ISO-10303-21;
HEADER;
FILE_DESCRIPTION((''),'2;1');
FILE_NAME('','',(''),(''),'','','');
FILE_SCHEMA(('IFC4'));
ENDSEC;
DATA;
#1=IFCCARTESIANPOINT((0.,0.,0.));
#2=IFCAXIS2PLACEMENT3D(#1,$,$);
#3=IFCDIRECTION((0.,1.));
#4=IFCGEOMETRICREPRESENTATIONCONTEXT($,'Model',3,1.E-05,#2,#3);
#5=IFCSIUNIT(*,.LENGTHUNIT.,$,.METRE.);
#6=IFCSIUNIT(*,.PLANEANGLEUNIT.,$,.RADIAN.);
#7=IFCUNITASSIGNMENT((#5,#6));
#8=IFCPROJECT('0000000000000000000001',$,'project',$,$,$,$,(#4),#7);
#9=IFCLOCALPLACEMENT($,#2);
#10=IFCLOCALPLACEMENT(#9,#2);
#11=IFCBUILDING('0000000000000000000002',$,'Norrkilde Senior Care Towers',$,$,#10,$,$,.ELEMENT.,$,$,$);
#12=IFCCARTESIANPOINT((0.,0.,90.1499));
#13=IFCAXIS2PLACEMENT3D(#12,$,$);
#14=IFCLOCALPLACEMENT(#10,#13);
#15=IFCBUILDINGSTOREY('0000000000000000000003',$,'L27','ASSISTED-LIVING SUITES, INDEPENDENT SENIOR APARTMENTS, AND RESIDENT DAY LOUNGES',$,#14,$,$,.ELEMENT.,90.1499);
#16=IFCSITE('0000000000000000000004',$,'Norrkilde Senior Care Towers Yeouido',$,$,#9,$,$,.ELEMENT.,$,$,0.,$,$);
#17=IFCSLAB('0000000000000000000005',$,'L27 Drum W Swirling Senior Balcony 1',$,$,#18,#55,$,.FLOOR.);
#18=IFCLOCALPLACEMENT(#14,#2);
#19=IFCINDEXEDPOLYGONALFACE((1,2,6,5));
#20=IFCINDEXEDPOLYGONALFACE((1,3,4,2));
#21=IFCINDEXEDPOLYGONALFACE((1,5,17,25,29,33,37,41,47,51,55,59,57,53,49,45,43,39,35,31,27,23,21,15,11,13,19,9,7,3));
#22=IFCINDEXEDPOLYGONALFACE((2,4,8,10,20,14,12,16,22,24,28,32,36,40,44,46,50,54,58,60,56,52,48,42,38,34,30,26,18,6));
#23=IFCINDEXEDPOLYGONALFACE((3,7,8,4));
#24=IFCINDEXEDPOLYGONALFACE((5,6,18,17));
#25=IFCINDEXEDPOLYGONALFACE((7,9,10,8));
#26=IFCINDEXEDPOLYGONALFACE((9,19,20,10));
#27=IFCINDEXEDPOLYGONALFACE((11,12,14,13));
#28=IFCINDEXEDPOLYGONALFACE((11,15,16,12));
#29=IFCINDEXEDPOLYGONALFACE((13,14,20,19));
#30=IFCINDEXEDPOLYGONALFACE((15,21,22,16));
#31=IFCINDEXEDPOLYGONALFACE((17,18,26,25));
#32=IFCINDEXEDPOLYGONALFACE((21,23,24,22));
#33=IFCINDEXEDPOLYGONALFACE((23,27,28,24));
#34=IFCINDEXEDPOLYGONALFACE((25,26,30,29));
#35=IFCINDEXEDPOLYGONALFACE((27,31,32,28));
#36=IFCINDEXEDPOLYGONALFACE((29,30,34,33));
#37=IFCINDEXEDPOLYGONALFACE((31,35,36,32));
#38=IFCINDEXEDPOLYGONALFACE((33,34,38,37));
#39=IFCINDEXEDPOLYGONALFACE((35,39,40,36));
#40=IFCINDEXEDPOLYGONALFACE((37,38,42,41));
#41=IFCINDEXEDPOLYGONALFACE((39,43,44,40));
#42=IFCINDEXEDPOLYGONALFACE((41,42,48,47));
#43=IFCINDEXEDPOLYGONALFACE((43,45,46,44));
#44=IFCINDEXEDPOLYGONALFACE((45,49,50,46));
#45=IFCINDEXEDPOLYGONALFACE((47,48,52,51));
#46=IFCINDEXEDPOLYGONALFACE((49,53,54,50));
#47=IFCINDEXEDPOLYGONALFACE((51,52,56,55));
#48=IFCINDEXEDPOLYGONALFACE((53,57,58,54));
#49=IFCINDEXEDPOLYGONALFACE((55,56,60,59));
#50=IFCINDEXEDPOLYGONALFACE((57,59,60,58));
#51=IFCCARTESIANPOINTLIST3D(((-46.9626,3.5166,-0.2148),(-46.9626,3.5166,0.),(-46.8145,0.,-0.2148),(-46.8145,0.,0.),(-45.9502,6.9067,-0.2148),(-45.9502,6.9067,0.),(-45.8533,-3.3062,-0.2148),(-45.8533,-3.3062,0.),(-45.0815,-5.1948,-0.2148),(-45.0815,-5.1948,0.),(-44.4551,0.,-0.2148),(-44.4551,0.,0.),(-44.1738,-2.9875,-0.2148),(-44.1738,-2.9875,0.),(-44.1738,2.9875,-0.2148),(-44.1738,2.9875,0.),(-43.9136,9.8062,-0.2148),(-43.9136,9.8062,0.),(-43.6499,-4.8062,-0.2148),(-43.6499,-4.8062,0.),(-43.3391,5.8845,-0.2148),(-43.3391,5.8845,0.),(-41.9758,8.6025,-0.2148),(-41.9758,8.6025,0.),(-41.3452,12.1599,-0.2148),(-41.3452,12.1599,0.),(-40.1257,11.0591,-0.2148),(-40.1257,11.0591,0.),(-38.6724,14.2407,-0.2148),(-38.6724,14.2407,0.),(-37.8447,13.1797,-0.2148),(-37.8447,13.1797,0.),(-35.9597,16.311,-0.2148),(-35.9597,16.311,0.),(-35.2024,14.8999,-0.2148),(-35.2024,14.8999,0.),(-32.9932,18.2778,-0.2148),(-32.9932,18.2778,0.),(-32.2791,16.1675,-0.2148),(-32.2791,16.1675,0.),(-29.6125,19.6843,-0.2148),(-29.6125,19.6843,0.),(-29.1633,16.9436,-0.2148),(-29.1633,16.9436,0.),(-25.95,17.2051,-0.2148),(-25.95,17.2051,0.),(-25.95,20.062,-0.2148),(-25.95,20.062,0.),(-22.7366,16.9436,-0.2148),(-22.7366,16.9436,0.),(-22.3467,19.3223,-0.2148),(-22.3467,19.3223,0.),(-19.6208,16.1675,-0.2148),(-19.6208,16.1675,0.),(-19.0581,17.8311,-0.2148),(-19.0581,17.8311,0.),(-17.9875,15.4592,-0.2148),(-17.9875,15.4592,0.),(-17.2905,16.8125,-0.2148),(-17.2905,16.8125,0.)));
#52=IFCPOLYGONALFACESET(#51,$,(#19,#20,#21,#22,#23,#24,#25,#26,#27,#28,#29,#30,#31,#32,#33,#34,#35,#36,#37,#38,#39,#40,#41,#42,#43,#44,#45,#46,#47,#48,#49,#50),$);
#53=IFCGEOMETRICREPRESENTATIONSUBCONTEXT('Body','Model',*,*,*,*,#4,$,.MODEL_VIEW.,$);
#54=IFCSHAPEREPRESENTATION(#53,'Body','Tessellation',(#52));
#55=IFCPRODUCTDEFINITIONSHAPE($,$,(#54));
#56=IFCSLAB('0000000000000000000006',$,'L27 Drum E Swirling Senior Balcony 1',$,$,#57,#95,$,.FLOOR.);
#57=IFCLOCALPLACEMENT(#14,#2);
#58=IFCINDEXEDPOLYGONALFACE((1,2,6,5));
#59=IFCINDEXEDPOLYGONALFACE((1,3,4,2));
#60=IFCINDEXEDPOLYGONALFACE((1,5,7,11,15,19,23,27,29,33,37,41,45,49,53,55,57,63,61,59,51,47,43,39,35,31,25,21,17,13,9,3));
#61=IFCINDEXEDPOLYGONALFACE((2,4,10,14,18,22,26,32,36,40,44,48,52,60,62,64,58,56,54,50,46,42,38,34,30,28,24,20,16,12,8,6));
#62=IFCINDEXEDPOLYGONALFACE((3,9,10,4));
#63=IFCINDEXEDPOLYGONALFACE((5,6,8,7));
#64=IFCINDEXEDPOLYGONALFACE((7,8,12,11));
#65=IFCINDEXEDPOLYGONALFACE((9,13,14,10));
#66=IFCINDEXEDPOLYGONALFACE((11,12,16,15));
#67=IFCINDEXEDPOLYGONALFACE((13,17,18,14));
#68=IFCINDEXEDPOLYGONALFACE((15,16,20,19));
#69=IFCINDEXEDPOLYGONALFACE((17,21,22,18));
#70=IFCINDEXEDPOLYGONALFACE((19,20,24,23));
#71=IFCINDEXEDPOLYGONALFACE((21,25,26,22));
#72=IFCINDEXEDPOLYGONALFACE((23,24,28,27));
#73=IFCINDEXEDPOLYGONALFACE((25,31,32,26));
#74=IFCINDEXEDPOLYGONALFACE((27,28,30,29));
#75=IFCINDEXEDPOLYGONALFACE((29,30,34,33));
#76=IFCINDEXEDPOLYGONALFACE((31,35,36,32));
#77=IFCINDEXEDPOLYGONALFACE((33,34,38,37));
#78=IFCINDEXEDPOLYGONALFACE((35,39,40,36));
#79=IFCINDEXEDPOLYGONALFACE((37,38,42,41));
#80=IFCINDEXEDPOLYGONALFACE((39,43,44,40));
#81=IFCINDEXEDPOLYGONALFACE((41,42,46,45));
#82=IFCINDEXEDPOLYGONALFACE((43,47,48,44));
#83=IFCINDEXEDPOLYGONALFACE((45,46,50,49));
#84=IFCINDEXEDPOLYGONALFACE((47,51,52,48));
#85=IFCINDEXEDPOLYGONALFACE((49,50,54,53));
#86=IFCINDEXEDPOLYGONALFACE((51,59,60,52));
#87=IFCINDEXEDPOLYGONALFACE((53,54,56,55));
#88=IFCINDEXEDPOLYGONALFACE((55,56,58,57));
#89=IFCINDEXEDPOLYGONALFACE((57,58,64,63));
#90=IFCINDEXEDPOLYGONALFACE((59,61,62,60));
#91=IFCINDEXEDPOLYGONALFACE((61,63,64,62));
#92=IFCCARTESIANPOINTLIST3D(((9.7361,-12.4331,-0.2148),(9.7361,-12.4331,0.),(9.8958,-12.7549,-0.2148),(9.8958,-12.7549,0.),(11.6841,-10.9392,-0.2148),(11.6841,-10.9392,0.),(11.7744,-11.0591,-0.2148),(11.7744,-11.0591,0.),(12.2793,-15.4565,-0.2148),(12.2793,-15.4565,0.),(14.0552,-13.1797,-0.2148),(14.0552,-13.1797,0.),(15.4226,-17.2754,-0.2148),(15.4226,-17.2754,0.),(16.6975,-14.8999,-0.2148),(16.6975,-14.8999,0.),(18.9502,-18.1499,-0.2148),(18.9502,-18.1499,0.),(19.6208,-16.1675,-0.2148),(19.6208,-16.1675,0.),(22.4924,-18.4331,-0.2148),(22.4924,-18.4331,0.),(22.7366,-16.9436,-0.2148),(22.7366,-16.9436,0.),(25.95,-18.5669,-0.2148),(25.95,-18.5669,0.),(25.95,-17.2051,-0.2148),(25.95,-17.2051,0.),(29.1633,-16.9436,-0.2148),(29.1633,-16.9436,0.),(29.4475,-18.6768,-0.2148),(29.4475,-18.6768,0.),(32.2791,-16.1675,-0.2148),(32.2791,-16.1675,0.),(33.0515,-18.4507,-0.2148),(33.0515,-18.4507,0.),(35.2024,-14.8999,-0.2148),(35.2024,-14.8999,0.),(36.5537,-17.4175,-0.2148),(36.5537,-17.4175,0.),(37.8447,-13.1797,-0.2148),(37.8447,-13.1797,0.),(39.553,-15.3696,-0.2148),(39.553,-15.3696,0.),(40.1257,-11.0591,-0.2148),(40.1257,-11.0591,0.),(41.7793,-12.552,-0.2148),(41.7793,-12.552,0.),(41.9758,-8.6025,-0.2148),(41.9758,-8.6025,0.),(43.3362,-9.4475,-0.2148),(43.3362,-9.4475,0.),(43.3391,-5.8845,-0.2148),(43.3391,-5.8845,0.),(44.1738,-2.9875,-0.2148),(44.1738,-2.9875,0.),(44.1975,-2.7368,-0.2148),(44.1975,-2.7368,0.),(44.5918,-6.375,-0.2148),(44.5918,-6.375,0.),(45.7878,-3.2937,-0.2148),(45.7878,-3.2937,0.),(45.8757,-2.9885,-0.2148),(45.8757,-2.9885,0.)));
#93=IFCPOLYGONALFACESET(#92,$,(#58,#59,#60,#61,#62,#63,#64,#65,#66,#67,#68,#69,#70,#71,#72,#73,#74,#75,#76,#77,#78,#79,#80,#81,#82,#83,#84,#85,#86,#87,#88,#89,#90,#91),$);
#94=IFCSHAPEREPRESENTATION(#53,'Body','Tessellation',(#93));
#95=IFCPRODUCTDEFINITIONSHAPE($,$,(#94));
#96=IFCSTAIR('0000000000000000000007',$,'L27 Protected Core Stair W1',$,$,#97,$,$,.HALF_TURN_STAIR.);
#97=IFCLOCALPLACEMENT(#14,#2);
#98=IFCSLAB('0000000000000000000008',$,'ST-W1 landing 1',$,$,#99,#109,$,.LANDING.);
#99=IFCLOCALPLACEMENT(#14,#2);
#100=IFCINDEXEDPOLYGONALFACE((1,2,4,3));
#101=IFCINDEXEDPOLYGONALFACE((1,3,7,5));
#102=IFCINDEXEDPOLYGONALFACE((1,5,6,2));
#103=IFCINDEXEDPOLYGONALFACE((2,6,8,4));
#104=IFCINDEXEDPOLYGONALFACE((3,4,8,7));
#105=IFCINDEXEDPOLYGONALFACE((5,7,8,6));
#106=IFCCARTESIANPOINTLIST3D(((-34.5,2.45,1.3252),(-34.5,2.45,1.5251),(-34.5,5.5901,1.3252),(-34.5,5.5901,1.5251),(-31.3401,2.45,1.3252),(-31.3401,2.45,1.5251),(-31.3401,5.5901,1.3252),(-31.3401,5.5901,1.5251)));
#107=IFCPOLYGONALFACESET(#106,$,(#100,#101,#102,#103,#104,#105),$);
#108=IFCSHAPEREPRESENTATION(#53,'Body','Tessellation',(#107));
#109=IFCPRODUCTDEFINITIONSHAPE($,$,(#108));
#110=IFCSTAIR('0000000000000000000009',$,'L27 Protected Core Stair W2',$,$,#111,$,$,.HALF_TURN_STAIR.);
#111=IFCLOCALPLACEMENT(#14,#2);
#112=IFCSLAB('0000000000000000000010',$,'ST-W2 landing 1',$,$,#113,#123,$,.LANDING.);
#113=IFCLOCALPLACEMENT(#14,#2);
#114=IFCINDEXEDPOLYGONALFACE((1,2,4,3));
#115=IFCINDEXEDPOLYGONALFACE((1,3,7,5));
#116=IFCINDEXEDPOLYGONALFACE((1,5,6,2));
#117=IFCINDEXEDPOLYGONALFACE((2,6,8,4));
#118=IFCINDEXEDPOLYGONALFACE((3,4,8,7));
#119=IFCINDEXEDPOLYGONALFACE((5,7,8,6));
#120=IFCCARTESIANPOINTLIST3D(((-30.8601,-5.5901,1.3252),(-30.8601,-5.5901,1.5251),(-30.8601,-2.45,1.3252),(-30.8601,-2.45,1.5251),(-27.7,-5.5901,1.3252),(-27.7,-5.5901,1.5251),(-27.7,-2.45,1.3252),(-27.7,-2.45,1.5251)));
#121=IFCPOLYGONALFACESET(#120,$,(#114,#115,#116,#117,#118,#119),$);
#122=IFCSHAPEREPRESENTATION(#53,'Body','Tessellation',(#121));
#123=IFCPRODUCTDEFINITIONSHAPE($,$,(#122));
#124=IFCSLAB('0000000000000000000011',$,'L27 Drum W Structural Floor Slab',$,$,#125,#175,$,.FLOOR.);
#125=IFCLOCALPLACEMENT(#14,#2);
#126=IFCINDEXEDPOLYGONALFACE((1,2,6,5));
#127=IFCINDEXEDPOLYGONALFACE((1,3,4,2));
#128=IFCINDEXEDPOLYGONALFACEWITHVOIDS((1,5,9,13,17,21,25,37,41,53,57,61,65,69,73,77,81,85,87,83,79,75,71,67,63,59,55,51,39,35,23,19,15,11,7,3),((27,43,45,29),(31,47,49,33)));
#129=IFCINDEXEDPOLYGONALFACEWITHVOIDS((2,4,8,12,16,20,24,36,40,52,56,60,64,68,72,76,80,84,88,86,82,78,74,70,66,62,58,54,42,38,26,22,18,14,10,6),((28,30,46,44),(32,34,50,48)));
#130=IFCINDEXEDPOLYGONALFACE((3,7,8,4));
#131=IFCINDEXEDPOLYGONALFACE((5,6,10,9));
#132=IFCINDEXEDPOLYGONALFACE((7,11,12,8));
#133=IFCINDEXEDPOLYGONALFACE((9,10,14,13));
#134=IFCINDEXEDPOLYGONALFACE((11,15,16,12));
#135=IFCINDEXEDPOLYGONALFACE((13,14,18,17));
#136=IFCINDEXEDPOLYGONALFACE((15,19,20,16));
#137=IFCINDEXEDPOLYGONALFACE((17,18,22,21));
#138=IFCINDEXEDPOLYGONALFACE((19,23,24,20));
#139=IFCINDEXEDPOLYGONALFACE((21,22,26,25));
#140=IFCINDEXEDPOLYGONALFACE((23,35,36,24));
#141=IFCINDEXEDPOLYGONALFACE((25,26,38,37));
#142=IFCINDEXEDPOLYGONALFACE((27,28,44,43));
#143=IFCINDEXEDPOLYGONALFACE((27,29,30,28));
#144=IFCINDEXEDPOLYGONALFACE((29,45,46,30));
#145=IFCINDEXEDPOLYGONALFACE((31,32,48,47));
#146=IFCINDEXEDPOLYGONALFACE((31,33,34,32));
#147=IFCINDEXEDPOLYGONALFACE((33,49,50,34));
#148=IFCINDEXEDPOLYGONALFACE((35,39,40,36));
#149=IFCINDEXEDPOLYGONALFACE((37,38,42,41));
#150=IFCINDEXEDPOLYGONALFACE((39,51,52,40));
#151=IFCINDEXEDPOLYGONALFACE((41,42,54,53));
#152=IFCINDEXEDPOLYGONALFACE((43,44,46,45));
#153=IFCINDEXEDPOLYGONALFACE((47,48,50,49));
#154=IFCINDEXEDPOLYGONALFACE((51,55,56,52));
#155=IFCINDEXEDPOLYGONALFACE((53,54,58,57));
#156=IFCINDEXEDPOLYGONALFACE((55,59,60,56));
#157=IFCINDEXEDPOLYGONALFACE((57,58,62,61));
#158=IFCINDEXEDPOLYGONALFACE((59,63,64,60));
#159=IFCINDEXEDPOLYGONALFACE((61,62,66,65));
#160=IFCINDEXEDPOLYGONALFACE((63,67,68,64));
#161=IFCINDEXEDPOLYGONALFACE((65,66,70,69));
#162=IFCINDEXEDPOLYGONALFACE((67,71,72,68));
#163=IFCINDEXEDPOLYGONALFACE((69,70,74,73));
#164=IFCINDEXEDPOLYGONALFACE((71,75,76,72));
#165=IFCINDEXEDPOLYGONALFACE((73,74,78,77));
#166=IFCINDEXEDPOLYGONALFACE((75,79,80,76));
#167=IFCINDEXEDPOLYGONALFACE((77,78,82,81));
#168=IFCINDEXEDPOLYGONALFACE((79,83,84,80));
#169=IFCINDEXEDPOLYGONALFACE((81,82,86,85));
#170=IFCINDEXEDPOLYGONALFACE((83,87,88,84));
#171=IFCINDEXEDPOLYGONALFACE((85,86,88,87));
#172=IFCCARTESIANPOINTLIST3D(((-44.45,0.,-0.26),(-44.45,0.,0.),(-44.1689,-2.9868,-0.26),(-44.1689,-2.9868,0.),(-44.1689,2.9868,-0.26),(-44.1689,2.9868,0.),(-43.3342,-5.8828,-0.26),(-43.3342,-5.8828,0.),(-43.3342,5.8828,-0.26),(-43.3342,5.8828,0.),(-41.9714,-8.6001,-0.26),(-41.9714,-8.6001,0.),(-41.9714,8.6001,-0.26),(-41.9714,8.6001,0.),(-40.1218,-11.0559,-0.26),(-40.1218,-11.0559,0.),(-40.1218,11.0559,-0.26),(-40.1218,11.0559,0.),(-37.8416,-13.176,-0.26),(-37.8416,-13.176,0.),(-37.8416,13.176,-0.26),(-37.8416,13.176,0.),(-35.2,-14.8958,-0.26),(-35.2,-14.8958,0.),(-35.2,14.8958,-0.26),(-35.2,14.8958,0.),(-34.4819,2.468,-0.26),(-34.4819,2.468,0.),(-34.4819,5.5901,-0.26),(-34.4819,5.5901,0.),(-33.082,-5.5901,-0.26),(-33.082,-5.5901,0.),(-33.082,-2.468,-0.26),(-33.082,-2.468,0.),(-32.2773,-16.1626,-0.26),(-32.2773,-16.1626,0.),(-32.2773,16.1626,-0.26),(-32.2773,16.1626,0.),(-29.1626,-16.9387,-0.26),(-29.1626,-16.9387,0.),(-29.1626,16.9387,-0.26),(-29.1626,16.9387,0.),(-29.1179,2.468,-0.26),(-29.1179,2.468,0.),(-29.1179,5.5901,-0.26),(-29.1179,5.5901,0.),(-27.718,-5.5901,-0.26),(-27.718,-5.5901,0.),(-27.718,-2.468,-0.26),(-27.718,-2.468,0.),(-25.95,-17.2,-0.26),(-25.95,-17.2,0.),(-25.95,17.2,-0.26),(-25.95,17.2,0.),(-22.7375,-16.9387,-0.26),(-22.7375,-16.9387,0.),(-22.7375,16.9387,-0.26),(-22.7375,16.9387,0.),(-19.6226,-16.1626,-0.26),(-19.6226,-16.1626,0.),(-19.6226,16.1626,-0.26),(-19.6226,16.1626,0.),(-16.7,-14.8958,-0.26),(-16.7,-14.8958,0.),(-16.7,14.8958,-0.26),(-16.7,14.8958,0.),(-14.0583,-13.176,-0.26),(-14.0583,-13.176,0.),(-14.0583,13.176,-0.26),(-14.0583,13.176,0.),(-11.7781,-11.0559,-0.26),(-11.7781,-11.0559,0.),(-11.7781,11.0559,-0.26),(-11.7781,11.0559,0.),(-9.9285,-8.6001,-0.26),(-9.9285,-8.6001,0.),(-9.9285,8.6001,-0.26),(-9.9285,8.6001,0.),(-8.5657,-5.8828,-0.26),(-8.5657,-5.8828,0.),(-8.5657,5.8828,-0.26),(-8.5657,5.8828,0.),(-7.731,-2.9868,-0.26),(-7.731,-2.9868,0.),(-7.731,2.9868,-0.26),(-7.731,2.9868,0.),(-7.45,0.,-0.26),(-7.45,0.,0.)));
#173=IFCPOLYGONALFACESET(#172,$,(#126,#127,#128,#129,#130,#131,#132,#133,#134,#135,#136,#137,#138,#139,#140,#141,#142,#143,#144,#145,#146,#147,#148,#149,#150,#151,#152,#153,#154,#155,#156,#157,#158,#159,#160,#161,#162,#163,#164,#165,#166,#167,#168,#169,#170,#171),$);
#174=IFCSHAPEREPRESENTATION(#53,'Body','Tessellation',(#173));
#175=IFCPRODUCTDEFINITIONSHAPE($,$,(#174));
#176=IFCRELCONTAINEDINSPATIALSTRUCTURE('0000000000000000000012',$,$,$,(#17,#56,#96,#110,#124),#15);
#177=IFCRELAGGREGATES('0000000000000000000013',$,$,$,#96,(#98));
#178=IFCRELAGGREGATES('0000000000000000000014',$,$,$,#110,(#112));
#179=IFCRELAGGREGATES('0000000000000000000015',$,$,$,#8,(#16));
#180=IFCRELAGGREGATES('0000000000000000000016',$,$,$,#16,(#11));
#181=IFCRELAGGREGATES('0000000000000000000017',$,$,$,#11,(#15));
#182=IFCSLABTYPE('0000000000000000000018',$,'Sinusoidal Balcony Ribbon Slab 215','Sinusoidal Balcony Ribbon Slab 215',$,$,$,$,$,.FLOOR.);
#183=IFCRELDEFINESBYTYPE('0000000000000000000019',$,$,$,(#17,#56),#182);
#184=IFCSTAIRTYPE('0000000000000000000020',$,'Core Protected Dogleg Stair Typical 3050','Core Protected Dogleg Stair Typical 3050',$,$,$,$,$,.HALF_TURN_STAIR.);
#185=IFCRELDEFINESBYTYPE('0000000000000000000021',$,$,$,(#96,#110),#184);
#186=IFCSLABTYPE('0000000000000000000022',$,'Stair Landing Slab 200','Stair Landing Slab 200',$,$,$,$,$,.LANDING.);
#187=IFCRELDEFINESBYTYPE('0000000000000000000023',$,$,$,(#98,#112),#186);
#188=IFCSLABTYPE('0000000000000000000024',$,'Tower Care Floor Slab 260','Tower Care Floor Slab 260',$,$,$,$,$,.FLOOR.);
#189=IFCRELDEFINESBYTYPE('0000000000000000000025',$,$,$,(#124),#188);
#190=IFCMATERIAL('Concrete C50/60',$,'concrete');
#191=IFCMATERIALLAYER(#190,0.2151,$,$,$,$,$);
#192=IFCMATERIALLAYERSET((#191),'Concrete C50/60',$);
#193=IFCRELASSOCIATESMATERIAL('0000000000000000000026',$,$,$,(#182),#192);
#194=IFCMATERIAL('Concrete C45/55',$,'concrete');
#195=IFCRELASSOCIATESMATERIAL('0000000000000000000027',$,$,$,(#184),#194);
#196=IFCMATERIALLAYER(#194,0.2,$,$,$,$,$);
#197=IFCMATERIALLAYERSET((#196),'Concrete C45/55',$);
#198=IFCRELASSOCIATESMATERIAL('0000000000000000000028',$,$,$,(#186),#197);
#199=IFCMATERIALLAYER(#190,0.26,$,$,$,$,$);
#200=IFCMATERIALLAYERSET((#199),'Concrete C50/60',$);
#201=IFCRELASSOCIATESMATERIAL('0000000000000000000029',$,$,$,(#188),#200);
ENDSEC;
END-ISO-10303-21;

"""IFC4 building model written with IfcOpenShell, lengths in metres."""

from ifc_helpers import new_model, si_unit, direction, frame, origin, place, context, subcontext, project, spatial, polyline, outline, extrude, material, layer, layer_set, type_object, element, aggregate, save


model = new_model("IFC4")

# Units and contexts
model_context = context("Model", 3, precision=1e-05, world=origin(), true_north=direction((0.0, 1.0)))
body_context = subcontext(model_context, "Body", "Model", "MODEL_VIEW")
ifc_project = project(units=[si_unit("LENGTHUNIT", "METRE"), si_unit("PLANEANGLEUNIT", "RADIAN")], contexts=[model_context])

# Site, building, storey
site_placement = place(None, origin())
site = spatial("IfcSite", under=ifc_project, at=site_placement, Name="Norrkilde Senior Care Towers Yeouido", CompositionType="ELEMENT", RefElevation=0.0)
building_placement = place(site_placement, origin())
building = spatial("IfcBuilding", under=site, at=building_placement, Name="Norrkilde Senior Care Towers", CompositionType="ELEMENT")
storey_placement = place(building_placement, frame((0.0, 0.0, 90.1499)))
storey = spatial("IfcBuildingStorey", under=building, at=storey_placement, Name="L27", Description="ASSISTED-LIVING SUITES, INDEPENDENT SENIOR APARTMENTS, AND RESIDENT DAY LOUNGES", CompositionType="ELEMENT", Elevation=90.1499)

# Slabs
ifc_material_1 = material(Name="Concrete C50/60", Category="concrete")
ifc_layer_1 = layer(ifc_material_1, 0.2151)
ifc_layer_set_1 = layer_set([ifc_layer_1], Name="Concrete C50/60")
slab_type_1 = type_object("IfcSlabType", Name="Sinusoidal Balcony Ribbon Slab 215", Description="Sinusoidal Balcony Ribbon Slab 215", PredefinedType="FLOOR", material=ifc_layer_set_1)
slab_1_placement = place(storey_placement, frame((0.0, 0.0, -0.2148)))
element("IfcSlab", 1, at=slab_1_placement, inside=storey, type_object=slab_type_1, Name="L27 Drum W Swirling Senior Balcony 1", PredefinedType="FLOOR", context=body_context, shape_type="SweptSolid", body=[
    extrude(outline(polyline([(-46.8145, 0.0), (-46.9626, 3.5166), (-45.9502, 6.9067), (-43.9136, 9.8062), (-41.3452, 12.1599), (-38.6724, 14.2407), (-35.9597, 16.311), (-32.9932, 18.2778), (-29.6125, 19.6843), (-25.95, 20.062), (-22.3467, 19.3223), (-19.0581, 17.8311), (-17.2905, 16.8125), (-17.9875, 15.4592), (-19.6208, 16.1675), (-22.7366, 16.9436), (-25.95, 17.2051), (-29.1633, 16.9436), (-32.2791, 16.1675), (-35.2024, 14.8999), (-37.8447, 13.1797), (-40.1257, 11.0591), (-41.9758, 8.6025), (-43.3391, 5.8845), (-44.1738, 2.9875), (-44.4551, 0.0), (-44.1738, -2.9875), (-43.6499, -4.8062), (-45.0815, -5.1948), (-45.8533, -3.3062), (-46.8145, 0.0)])), origin(), (0.0, 0.0, 1.0), 0.2148),
])
slab_2_placement = place(storey_placement, frame((0.0, 0.0, -0.2148)))
element("IfcSlab", 2, at=slab_2_placement, inside=storey, type_object=slab_type_1, Name="L27 Drum E Swirling Senior Balcony 1", PredefinedType="FLOOR", context=body_context, shape_type="SweptSolid", body=[
    extrude(outline(polyline([(43.3362, -9.4475), (41.7793, -12.552), (39.553, -15.3696), (36.5537, -17.4175), (33.0515, -18.4507), (29.4475, -18.6768), (25.95, -18.5669), (22.4924, -18.4331), (18.9502, -18.1499), (15.4226, -17.2754), (12.2793, -15.4565), (9.8958, -12.7549), (9.7361, -12.4331), (11.6841, -10.9392), (11.7744, -11.0591), (14.0552, -13.1797), (16.6975, -14.8999), (19.6208, -16.1675), (22.7366, -16.9436), (25.95, -17.2051), (29.1633, -16.9436), (32.2791, -16.1675), (35.2024, -14.8999), (37.8447, -13.1797), (40.1257, -11.0591), (41.9758, -8.6025), (43.3391, -5.8845), (44.1738, -2.9875), (44.1975, -2.7368), (45.8757, -2.9885), (45.7878, -3.2937), (44.5918, -6.375), (43.3362, -9.4475)])), origin(), (0.0, 0.0, 1.0), 0.2148),
])

# Stairs, slabs
ifc_material_2 = material(Name="Concrete C45/55", Category="concrete")
stair_type = type_object("IfcStairType", Name="Core Protected Dogleg Stair Typical 3050", Description="Core Protected Dogleg Stair Typical 3050", PredefinedType="HALF_TURN_STAIR", material=ifc_material_2)
stair_1_placement = place(storey_placement, origin())
stair_1 = element("IfcStair", 3, at=stair_1_placement, inside=storey, type_object=stair_type, Name="L27 Protected Core Stair W1", PredefinedType="HALF_TURN_STAIR")
ifc_layer_2 = layer(ifc_material_2, 0.2)
ifc_layer_set_2 = layer_set([ifc_layer_2], Name="Concrete C45/55")
slab_type_2 = type_object("IfcSlabType", Name="Stair Landing Slab 200", Description="Stair Landing Slab 200", PredefinedType="LANDING", material=ifc_layer_set_2)
slab_3_placement = place(storey_placement, frame((0.0, 0.0, 1.3252)))
slab_3 = element("IfcSlab", 4, at=slab_3_placement, type_object=slab_type_2, Name="ST-W1 landing 1", PredefinedType="LANDING", context=body_context, shape_type="SweptSolid", body=[
    extrude(outline(polyline([(-31.3401, 5.5901), (-34.5, 5.5901), (-34.5, 2.45), (-31.3401, 2.45), (-31.3401, 5.5901)])), origin(), (0.0, 0.0, 1.0), 0.2),
])
aggregate(stair_1, [slab_3])
stair_2_placement = place(storey_placement, origin())
stair_2 = element("IfcStair", 5, at=stair_2_placement, inside=storey, type_object=stair_type, Name="L27 Protected Core Stair W2", PredefinedType="HALF_TURN_STAIR")
slab_4_placement = place(storey_placement, frame((0.0, 0.0, 1.3252)))
slab_4 = element("IfcSlab", 6, at=slab_4_placement, type_object=slab_type_2, Name="ST-W2 landing 1", PredefinedType="LANDING", context=body_context, shape_type="SweptSolid", body=[
    extrude(outline(polyline([(-30.8601, -5.5901), (-27.7, -5.5901), (-27.7, -2.45), (-30.8601, -2.45), (-30.8601, -5.5901)])), origin(), (0.0, 0.0, 1.0), 0.2),
])
aggregate(stair_2, [slab_4])

# Slab
ifc_layer_3 = layer(ifc_material_1, 0.26)
ifc_layer_set_3 = layer_set([ifc_layer_3], Name="Concrete C50/60")
slab_type_3 = type_object("IfcSlabType", Name="Tower Care Floor Slab 260", Description="Tower Care Floor Slab 260", PredefinedType="FLOOR", material=ifc_layer_set_3)
slab_5_placement = place(storey_placement, frame((0.0, 0.0, -0.26)))
element("IfcSlab", 7, at=slab_5_placement, inside=storey, type_object=slab_type_3, Name="L27 Drum W Structural Floor Slab", PredefinedType="FLOOR", context=body_context, shape_type="SweptSolid", body=[
    extrude(outline(polyline([(-8.5657, -5.8828), (-9.9285, -8.6001), (-11.7781, -11.0559), (-14.0583, -13.176), (-16.7, -14.8958), (-19.6226, -16.1626), (-22.7375, -16.9387), (-25.95, -17.2), (-29.1626, -16.9387), (-32.2773, -16.1626), (-35.2, -14.8958), (-37.8416, -13.176), (-40.1218, -11.0559), (-41.9714, -8.6001), (-43.3342, -5.8828), (-44.1689, -2.9868), (-44.45, 0.0), (-44.1689, 2.9868), (-43.3342, 5.8828), (-41.9714, 8.6001), (-40.1218, 11.0559), (-37.8416, 13.176), (-35.2, 14.8958), (-32.2773, 16.1626), (-29.1626, 16.9387), (-25.95, 17.2), (-22.7375, 16.9387), (-19.6226, 16.1626), (-16.7, 14.8958), (-14.0583, 13.176), (-11.7781, 11.0559), (-9.9285, 8.6001), (-8.5657, 5.8828), (-7.731, 2.9868), (-7.45, 0.0), (-7.731, -2.9868), (-8.5657, -5.8828)]), holes=[polyline([(-34.4819, 2.468), (-29.1179, 2.468), (-29.1179, 5.5901), (-34.4819, 5.5901), (-34.4819, 2.468)]), polyline([(-27.718, -5.5901), (-27.718, -2.468), (-33.082, -2.468), (-33.082, -5.5901), (-27.718, -5.5901)])]), origin(), (0.0, 0.0, 1.0), 0.26),
])

save(model, "model.ifc")
